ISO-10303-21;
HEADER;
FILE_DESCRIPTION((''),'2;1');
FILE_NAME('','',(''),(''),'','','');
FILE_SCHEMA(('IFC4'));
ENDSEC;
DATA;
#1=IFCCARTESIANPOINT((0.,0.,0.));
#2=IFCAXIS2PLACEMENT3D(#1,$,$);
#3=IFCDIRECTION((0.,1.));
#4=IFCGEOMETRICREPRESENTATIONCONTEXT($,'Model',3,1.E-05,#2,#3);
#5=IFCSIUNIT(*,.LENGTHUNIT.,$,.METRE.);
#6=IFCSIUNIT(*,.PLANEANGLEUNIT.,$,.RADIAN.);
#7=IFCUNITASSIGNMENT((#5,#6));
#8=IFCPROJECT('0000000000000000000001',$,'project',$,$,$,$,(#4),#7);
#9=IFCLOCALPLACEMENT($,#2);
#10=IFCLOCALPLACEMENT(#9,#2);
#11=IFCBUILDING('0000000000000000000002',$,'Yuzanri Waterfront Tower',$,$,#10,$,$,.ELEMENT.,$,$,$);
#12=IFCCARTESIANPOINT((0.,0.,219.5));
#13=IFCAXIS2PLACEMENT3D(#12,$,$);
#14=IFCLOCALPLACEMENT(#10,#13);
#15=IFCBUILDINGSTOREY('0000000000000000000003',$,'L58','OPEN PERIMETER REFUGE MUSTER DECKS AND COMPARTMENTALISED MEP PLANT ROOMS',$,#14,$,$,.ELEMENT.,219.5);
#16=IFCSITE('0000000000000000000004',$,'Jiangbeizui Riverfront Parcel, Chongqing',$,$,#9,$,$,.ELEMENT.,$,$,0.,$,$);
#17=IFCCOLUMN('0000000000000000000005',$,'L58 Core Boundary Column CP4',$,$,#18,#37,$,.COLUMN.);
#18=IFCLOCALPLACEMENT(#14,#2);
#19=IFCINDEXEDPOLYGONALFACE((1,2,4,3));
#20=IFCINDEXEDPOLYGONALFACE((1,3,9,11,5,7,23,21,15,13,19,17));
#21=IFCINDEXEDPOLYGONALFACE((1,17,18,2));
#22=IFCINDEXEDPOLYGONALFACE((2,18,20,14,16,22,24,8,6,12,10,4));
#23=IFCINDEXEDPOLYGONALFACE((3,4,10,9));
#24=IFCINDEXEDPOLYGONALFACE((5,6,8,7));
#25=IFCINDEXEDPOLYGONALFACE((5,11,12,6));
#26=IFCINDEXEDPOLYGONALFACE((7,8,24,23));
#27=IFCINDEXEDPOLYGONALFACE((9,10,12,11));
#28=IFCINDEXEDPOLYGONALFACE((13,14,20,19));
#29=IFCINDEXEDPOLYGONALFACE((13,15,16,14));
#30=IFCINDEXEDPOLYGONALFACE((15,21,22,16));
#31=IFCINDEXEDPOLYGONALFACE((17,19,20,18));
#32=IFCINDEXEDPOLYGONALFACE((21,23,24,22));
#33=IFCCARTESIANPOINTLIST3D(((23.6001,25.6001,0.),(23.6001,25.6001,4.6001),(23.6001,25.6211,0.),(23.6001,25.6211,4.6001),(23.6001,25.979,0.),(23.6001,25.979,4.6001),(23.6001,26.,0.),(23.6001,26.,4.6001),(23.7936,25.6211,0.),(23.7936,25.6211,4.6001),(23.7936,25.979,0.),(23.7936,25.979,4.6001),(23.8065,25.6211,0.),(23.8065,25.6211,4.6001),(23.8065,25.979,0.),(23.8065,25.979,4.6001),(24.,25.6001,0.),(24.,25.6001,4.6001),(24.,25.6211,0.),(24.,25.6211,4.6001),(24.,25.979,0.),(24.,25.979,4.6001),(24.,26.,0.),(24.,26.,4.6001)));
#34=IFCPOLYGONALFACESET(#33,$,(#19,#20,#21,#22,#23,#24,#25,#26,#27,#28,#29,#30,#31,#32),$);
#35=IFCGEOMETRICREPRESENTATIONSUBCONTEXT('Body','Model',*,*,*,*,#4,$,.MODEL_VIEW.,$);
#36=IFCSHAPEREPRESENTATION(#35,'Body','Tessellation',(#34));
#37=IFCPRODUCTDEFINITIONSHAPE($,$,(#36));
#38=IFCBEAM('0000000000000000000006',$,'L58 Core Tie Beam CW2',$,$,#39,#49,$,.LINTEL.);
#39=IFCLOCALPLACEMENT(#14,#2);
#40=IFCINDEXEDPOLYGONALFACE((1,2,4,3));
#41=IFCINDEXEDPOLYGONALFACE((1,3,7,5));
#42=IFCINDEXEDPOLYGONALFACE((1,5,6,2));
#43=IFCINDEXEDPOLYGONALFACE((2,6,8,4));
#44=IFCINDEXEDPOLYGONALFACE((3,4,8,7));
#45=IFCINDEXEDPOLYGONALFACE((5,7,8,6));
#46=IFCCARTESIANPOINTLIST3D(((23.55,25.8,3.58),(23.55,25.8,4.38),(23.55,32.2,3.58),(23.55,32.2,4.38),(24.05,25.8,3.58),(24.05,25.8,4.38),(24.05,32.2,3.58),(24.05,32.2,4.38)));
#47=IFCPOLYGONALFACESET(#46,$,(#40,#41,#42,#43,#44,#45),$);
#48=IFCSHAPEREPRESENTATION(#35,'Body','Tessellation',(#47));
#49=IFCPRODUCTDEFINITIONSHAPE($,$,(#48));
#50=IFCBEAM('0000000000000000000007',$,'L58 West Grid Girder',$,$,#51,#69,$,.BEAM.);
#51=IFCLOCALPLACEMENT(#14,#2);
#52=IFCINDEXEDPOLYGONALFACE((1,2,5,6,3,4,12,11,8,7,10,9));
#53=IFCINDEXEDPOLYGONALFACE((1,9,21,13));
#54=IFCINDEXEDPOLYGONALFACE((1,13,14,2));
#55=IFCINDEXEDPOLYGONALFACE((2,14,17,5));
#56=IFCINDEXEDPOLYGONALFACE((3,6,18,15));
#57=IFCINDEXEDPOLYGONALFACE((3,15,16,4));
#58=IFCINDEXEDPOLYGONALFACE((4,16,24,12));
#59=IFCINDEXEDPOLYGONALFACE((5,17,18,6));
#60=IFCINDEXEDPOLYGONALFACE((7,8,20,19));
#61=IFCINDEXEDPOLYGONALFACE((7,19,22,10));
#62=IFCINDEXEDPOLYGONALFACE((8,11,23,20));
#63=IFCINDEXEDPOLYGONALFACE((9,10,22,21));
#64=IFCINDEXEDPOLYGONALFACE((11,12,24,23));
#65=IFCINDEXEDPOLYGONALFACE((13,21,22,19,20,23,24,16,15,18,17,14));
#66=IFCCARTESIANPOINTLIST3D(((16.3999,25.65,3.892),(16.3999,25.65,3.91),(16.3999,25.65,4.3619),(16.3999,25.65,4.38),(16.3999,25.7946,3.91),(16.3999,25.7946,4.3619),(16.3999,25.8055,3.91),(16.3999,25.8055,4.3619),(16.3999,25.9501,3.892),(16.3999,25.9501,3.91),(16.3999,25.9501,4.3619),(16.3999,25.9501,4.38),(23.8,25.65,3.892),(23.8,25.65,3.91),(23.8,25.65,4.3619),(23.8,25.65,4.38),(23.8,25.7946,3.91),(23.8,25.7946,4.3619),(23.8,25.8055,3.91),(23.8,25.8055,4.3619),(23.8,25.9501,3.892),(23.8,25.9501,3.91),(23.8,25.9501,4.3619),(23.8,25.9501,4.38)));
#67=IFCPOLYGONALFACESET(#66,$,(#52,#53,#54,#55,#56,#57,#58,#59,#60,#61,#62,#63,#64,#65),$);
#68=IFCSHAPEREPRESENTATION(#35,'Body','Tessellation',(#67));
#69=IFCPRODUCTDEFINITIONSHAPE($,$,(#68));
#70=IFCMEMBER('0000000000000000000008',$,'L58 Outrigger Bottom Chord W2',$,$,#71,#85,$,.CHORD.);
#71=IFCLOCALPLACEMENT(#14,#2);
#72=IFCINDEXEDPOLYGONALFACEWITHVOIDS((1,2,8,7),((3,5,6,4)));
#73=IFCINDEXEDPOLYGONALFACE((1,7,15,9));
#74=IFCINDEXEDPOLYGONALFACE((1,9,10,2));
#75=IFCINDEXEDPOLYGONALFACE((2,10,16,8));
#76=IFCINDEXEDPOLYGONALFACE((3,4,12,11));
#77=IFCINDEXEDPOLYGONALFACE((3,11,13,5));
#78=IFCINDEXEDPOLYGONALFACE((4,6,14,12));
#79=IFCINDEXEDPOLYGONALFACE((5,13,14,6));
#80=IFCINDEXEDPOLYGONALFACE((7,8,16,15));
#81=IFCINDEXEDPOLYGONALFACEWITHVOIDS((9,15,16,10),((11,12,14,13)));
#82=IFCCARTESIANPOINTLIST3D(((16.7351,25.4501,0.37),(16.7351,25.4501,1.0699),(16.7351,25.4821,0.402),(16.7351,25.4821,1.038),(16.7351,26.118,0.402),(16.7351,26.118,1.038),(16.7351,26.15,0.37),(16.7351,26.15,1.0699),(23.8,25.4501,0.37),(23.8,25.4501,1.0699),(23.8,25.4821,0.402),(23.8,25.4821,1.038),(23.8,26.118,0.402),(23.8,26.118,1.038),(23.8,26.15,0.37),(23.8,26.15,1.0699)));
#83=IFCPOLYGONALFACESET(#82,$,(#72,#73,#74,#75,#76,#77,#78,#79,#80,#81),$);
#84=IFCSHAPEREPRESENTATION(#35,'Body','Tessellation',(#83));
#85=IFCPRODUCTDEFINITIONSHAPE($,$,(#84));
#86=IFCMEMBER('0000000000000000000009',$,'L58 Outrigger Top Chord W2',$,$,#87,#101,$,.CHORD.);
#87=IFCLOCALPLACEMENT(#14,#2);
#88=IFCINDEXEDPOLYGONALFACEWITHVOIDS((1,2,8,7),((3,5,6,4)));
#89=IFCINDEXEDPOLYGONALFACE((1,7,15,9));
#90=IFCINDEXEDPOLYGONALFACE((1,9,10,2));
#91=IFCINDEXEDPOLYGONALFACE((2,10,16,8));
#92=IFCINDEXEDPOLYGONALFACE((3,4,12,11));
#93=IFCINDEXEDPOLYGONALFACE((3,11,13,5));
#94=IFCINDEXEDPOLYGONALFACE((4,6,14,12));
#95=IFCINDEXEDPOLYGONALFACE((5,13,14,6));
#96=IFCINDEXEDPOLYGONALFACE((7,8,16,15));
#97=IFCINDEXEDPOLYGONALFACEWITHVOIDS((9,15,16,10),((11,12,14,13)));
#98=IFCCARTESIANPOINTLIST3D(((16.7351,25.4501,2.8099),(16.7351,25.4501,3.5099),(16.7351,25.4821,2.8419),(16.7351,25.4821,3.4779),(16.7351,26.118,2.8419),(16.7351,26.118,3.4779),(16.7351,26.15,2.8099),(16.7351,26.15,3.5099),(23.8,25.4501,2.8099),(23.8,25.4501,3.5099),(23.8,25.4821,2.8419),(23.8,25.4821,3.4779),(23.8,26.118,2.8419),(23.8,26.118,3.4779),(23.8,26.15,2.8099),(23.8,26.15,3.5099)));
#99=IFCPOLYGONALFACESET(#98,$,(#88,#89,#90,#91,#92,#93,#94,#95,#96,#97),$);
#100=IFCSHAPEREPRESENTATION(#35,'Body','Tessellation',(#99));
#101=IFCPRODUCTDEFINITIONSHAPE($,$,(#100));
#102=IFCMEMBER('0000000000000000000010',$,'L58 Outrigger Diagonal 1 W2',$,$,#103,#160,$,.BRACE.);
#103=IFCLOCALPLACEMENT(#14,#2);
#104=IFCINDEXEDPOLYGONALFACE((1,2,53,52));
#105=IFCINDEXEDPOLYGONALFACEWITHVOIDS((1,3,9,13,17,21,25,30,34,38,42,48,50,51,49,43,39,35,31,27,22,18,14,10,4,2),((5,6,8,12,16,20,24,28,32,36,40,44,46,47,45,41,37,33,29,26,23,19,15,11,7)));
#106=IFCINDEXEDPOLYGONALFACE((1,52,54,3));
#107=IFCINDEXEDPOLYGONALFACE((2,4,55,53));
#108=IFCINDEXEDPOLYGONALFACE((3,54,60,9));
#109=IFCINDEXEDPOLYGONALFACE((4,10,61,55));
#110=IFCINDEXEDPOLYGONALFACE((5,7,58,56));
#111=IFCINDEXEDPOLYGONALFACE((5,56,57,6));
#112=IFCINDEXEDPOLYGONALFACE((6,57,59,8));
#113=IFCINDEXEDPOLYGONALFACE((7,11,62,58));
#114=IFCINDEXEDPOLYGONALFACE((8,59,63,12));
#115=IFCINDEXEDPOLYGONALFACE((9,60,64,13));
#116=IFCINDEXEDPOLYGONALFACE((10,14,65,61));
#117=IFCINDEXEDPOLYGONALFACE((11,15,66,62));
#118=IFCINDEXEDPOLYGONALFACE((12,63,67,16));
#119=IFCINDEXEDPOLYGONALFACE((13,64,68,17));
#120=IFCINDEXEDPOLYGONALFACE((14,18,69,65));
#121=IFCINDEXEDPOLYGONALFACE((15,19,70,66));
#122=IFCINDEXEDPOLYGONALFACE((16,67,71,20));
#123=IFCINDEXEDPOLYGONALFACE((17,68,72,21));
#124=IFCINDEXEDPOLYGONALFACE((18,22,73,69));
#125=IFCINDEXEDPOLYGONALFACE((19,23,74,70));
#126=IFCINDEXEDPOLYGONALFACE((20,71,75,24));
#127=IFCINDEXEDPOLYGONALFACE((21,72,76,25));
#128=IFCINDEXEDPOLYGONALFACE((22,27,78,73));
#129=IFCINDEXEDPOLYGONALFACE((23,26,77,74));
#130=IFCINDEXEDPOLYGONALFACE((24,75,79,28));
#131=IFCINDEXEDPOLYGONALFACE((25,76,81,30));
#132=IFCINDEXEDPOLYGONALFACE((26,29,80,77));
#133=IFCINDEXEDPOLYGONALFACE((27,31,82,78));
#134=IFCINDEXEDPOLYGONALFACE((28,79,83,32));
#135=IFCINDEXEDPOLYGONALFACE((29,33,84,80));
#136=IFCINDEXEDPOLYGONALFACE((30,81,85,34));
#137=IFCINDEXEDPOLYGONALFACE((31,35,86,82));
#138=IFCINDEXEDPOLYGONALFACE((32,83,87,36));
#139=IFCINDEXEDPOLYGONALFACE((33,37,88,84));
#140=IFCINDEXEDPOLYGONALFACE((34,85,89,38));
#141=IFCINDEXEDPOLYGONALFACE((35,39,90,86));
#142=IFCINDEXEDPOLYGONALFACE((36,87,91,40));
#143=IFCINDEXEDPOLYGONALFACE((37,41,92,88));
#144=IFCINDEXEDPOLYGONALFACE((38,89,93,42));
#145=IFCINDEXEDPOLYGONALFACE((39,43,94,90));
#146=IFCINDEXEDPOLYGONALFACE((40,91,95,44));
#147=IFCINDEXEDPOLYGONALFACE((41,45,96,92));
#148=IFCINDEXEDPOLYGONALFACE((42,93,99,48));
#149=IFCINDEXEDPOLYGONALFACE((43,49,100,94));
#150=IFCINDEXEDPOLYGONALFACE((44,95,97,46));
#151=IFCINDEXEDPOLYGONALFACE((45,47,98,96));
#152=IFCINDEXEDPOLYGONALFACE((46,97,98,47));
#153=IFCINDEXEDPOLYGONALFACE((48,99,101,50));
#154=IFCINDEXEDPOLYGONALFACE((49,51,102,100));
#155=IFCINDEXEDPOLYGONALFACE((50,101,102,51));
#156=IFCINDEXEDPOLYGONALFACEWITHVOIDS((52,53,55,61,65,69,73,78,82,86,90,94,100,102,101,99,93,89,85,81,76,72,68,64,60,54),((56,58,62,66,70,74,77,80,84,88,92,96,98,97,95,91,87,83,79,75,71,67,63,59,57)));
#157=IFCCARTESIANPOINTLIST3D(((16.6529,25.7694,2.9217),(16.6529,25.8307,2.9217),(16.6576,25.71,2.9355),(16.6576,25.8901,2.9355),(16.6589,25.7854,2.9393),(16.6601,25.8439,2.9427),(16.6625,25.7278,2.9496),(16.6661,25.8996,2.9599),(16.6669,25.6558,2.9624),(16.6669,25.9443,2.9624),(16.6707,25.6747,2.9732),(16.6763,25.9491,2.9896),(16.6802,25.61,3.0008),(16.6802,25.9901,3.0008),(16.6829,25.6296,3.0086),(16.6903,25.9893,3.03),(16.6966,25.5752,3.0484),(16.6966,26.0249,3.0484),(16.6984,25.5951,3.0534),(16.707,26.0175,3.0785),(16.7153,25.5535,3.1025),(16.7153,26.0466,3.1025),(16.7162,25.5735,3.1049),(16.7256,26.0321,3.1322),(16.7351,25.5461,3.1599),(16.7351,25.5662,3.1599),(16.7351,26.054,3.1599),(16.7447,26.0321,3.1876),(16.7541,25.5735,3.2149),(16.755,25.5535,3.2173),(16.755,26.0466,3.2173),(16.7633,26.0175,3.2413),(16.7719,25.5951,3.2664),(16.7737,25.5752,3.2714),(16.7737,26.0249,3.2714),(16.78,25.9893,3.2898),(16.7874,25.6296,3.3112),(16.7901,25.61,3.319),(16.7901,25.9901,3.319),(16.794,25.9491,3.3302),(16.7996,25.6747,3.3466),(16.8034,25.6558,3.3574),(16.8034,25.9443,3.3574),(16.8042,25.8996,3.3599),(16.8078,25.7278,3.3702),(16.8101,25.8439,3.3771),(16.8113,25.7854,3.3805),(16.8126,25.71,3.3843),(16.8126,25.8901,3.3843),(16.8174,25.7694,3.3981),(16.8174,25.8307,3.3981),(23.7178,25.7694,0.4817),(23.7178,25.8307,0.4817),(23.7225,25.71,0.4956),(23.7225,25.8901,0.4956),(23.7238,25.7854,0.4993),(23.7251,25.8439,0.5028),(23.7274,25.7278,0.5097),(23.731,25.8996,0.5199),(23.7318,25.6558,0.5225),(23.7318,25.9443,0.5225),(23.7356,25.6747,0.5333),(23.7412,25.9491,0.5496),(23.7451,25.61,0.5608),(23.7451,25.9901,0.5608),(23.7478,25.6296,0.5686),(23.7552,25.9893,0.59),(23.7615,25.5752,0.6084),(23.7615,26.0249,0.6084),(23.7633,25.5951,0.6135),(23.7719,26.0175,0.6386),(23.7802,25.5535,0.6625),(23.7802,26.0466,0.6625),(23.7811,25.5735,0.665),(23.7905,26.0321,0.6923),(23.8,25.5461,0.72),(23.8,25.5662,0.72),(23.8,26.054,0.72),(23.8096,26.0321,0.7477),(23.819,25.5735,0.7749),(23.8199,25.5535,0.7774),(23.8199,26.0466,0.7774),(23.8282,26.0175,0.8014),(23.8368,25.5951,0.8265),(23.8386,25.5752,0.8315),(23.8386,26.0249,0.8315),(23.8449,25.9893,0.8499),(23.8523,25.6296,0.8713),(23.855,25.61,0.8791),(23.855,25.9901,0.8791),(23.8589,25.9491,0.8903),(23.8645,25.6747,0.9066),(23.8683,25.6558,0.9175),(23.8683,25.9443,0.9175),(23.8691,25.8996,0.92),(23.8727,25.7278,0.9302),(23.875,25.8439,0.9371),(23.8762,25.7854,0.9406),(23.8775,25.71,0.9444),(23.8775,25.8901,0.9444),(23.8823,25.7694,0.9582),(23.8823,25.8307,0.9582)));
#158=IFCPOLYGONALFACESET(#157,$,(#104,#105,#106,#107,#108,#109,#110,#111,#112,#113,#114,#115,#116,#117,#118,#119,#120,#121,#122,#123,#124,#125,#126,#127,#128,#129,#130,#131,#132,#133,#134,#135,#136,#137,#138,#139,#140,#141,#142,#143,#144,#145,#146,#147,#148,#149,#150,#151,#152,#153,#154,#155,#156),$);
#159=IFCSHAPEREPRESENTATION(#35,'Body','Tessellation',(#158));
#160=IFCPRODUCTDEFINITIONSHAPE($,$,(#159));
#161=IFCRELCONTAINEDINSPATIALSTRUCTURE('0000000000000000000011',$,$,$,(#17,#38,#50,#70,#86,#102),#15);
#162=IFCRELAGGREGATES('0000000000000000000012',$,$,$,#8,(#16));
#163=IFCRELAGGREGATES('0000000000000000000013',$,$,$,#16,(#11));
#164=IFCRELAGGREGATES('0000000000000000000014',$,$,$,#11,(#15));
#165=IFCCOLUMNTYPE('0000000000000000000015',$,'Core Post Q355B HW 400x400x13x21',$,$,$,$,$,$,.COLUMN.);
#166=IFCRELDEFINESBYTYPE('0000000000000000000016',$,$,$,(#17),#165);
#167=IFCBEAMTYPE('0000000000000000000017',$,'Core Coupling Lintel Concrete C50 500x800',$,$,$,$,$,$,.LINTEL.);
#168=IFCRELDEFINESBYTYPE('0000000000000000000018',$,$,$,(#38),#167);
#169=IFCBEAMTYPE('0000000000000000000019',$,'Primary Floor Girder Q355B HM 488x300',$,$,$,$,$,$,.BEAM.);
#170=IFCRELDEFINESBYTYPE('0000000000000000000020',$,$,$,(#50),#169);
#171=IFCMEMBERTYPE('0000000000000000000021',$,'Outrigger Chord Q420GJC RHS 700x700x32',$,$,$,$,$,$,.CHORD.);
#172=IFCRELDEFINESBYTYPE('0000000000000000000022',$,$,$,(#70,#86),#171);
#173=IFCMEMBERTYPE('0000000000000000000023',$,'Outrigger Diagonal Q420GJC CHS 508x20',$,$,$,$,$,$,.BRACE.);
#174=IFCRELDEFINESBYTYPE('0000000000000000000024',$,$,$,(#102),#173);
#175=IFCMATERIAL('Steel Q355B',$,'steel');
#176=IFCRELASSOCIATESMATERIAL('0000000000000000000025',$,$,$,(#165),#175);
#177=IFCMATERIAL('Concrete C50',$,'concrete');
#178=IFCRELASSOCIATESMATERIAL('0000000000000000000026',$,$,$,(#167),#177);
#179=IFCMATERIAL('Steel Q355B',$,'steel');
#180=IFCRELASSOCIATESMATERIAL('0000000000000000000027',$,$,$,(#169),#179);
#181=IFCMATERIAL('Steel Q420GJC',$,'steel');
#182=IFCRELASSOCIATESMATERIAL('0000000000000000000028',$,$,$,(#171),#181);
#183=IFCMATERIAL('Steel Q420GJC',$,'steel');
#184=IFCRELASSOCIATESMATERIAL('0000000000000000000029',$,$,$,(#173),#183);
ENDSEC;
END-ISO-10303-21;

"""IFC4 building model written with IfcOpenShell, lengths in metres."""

from ifc_helpers import new_model, si_unit, direction, frame, origin, origin_2d, place, context, subcontext, project, spatial, rectangle, hollow_rectangle, hollow_circle, i_section, extrude, source, transform, mapped, material, material_profile, profile_set, type_object, element, save


model = new_model("IFC4")

# Units and contexts
model_context = context("Model", 3, precision=1e-05, world=origin(), true_north=direction((0.0, 1.0)))
body_context = subcontext(model_context, "Body", "Model", "MODEL_VIEW")
ifc_project = project(units=[si_unit("LENGTHUNIT", "METRE"), si_unit("PLANEANGLEUNIT", "RADIAN")], contexts=[model_context])

# Site, building, storey
site_placement = place(None, origin())
site = spatial("IfcSite", under=ifc_project, at=site_placement, Name="Jiangbeizui Riverfront Parcel, Chongqing", CompositionType="ELEMENT", RefElevation=0.0)
building_placement = place(site_placement, origin())
building = spatial("IfcBuilding", under=site, at=building_placement, Name="Yuzanri Waterfront Tower", CompositionType="ELEMENT")
storey_placement = place(building_placement, frame((0.0, 0.0, 219.5)))
storey = spatial("IfcBuildingStorey", under=building, at=storey_placement, Name="L58", Description="OPEN PERIMETER REFUGE MUSTER DECKS AND COMPARTMENTALISED MEP PLANT ROOMS", CompositionType="ELEMENT", Elevation=219.5)

# Column
ifc_material_1 = material(Name="Steel Q355B", Category="steel")
ifc_material_profile_1 = material_profile(ifc_material_1, i_section(OverallWidth=0.3999, OverallDepth=0.3999, WebThickness=0.0129, FlangeThickness=0.021, at=origin_2d()), Name="HW 400x400x13x21")
ifc_profile_set_1 = profile_set([ifc_material_profile_1], Name="Steel Q355B")
column_type = type_object("IfcColumnType", Name="Core Post Q355B HW 400x400x13x21", PredefinedType="COLUMN", material=ifc_profile_set_1)
shared_shape_1 = source(origin(), body_context, "Body", "SweptSolid", [
    extrude(i_section(OverallWidth=0.3999, OverallDepth=0.3999, WebThickness=0.0129, FlangeThickness=0.021, at=origin_2d()), origin(), (0.0, 0.0, 1.0), 4.6001),
])
column_placement = place(storey_placement, frame((23.8, 25.8, 0.0), z_axis=(0.0, 0.0, 1.0), x_axis=(1.0, 0.0, 0.0)))
element("IfcColumn", 1, at=column_placement, inside=storey, type_object=column_type, Name="L58 Core Boundary Column CP4", PredefinedType="COLUMN", context=body_context, shape_type="MappedRepresentation", body=[
    mapped(shared_shape_1, transform((0.0, 0.0, 0.0), scale=1.0)),
])

# Beams
ifc_material_2 = material(Name="Concrete C50", Category="concrete")
ifc_material_profile_2 = material_profile(ifc_material_2, rectangle(XDim=0.5, YDim=0.8, at=origin_2d()), Name="RC 500x800")
ifc_profile_set_2 = profile_set([ifc_material_profile_2], Name="Concrete C50")
beam_type_1 = type_object("IfcBeamType", Name="Core Coupling Lintel Concrete C50 500x800", PredefinedType="LINTEL", material=ifc_profile_set_2)
shared_shape_2 = source(origin(), body_context, "Body", "SweptSolid", [
    extrude(rectangle(XDim=0.5, YDim=0.8, at=origin_2d()), origin(), (0.0, 0.0, 1.0), 6.3999),
])
beam_1_placement = place(storey_placement, frame((23.8, 25.8, 3.98), z_axis=(0.0, 1.0, 0.0), x_axis=(-1.0, 0.0, 0.0)))
element("IfcBeam", 2, at=beam_1_placement, inside=storey, type_object=beam_type_1, Name="L58 Core Tie Beam CW2", PredefinedType="LINTEL", context=body_context, shape_type="MappedRepresentation", body=[
    mapped(shared_shape_2, transform((0.0, 0.0, 0.0), scale=1.0)),
])
ifc_material_3 = material(Name="Steel Q355B", Category="steel")
ifc_material_profile_3 = material_profile(ifc_material_3, i_section(OverallWidth=0.3, OverallDepth=0.488, WebThickness=0.011, FlangeThickness=0.0181, at=origin_2d()), Name="HM 488x300x11x18")
ifc_profile_set_3 = profile_set([ifc_material_profile_3], Name="Steel Q355B")
beam_type_2 = type_object("IfcBeamType", Name="Primary Floor Girder Q355B HM 488x300", PredefinedType="BEAM", material=ifc_profile_set_3)
shared_shape_3 = source(origin(), body_context, "Body", "SweptSolid", [
    extrude(i_section(OverallWidth=0.3, OverallDepth=0.488, WebThickness=0.011, FlangeThickness=0.0181, at=origin_2d()), origin(), (0.0, 0.0, 1.0), 7.4001),
])
beam_2_placement = place(storey_placement, frame((23.8, 25.8, 4.136), z_axis=(-1.0, 0.0, 0.0), x_axis=(0.0, -1.0, 0.0)))
element("IfcBeam", 3, at=beam_2_placement, inside=storey, type_object=beam_type_2, Name="L58 West Grid Girder", PredefinedType="BEAM", context=body_context, shape_type="MappedRepresentation", body=[
    mapped(shared_shape_3, transform((0.0, 0.0, 0.0), scale=1.0)),
])

# Members
ifc_material_4 = material(Name="Steel Q420GJC", Category="steel")
ifc_material_profile_4 = material_profile(ifc_material_4, hollow_rectangle(XDim=0.7, YDim=0.7, WallThickness=0.032, at=origin_2d()), Name="RHS 700x700x32")
ifc_profile_set_4 = profile_set([ifc_material_profile_4], Name="Steel Q420GJC")
member_type_1 = type_object("IfcMemberType", Name="Outrigger Chord Q420GJC RHS 700x700x32", PredefinedType="CHORD", material=ifc_profile_set_4)
shared_shape_4 = source(origin(), body_context, "Body", "SweptSolid", [
    extrude(hollow_rectangle(XDim=0.7, YDim=0.7, WallThickness=0.032, at=origin_2d()), origin(), (0.0, 0.0, 1.0), 7.0649),
])
for number, where, z_axis, x_axis, name in (
    (4, (23.8, 25.8, 0.72), (-1.0, 0.0, 0.0), (0.0, -1.0, 0.0), "L58 Outrigger Bottom Chord W2"),
    (5, (23.8, 25.8, 3.1599), (-1.0, 0.0, 0.0), (0.0, -1.0, 0.0), "L58 Outrigger Top Chord W2"),
):
    element("IfcMember", number, at=place(storey_placement, frame(where, z_axis=z_axis, x_axis=x_axis)), inside=storey, type_object=member_type_1, Name=name, PredefinedType="CHORD", context=body_context, shape_type="MappedRepresentation", body=[
        mapped(shared_shape_4, transform((0.0, 0.0, 0.0), scale=1.0)),
    ])
ifc_material_5 = material(Name="Steel Q420GJC", Category="steel")
ifc_material_profile_5 = material_profile(ifc_material_5, hollow_circle(Radius=0.2539, WallThickness=0.02, at=origin_2d()), Name="CHS 508x20")
ifc_profile_set_5 = profile_set([ifc_material_profile_5], Name="Steel Q420GJC")
member_type_2 = type_object("IfcMemberType", Name="Outrigger Diagonal Q420GJC CHS 508x20", PredefinedType="BRACE", material=ifc_profile_set_5)
shared_shape_5 = source(origin(), body_context, "Body", "SweptSolid", [
    extrude(hollow_circle(Radius=0.2539, WallThickness=0.02, at=origin_2d()), origin(), (0.0, 0.0, 1.0), 7.4744),
])
for number, where, z_axis, x_axis, name in (
    (6, (23.8, 25.8, 0.72), (-0.945218, 0.0, 0.32644), (0.0, -1.0, 0.0), "L58 Outrigger Diagonal 1 W2"),
):
    element("IfcMember", number, at=place(storey_placement, frame(where, z_axis=z_axis, x_axis=x_axis)), inside=storey, type_object=member_type_2, Name=name, PredefinedType="BRACE", context=body_context, shape_type="MappedRepresentation", body=[
        mapped(shared_shape_5, transform((0.0, 0.0, 0.0), scale=1.0)),
    ])

save(model, "model.ifc")
